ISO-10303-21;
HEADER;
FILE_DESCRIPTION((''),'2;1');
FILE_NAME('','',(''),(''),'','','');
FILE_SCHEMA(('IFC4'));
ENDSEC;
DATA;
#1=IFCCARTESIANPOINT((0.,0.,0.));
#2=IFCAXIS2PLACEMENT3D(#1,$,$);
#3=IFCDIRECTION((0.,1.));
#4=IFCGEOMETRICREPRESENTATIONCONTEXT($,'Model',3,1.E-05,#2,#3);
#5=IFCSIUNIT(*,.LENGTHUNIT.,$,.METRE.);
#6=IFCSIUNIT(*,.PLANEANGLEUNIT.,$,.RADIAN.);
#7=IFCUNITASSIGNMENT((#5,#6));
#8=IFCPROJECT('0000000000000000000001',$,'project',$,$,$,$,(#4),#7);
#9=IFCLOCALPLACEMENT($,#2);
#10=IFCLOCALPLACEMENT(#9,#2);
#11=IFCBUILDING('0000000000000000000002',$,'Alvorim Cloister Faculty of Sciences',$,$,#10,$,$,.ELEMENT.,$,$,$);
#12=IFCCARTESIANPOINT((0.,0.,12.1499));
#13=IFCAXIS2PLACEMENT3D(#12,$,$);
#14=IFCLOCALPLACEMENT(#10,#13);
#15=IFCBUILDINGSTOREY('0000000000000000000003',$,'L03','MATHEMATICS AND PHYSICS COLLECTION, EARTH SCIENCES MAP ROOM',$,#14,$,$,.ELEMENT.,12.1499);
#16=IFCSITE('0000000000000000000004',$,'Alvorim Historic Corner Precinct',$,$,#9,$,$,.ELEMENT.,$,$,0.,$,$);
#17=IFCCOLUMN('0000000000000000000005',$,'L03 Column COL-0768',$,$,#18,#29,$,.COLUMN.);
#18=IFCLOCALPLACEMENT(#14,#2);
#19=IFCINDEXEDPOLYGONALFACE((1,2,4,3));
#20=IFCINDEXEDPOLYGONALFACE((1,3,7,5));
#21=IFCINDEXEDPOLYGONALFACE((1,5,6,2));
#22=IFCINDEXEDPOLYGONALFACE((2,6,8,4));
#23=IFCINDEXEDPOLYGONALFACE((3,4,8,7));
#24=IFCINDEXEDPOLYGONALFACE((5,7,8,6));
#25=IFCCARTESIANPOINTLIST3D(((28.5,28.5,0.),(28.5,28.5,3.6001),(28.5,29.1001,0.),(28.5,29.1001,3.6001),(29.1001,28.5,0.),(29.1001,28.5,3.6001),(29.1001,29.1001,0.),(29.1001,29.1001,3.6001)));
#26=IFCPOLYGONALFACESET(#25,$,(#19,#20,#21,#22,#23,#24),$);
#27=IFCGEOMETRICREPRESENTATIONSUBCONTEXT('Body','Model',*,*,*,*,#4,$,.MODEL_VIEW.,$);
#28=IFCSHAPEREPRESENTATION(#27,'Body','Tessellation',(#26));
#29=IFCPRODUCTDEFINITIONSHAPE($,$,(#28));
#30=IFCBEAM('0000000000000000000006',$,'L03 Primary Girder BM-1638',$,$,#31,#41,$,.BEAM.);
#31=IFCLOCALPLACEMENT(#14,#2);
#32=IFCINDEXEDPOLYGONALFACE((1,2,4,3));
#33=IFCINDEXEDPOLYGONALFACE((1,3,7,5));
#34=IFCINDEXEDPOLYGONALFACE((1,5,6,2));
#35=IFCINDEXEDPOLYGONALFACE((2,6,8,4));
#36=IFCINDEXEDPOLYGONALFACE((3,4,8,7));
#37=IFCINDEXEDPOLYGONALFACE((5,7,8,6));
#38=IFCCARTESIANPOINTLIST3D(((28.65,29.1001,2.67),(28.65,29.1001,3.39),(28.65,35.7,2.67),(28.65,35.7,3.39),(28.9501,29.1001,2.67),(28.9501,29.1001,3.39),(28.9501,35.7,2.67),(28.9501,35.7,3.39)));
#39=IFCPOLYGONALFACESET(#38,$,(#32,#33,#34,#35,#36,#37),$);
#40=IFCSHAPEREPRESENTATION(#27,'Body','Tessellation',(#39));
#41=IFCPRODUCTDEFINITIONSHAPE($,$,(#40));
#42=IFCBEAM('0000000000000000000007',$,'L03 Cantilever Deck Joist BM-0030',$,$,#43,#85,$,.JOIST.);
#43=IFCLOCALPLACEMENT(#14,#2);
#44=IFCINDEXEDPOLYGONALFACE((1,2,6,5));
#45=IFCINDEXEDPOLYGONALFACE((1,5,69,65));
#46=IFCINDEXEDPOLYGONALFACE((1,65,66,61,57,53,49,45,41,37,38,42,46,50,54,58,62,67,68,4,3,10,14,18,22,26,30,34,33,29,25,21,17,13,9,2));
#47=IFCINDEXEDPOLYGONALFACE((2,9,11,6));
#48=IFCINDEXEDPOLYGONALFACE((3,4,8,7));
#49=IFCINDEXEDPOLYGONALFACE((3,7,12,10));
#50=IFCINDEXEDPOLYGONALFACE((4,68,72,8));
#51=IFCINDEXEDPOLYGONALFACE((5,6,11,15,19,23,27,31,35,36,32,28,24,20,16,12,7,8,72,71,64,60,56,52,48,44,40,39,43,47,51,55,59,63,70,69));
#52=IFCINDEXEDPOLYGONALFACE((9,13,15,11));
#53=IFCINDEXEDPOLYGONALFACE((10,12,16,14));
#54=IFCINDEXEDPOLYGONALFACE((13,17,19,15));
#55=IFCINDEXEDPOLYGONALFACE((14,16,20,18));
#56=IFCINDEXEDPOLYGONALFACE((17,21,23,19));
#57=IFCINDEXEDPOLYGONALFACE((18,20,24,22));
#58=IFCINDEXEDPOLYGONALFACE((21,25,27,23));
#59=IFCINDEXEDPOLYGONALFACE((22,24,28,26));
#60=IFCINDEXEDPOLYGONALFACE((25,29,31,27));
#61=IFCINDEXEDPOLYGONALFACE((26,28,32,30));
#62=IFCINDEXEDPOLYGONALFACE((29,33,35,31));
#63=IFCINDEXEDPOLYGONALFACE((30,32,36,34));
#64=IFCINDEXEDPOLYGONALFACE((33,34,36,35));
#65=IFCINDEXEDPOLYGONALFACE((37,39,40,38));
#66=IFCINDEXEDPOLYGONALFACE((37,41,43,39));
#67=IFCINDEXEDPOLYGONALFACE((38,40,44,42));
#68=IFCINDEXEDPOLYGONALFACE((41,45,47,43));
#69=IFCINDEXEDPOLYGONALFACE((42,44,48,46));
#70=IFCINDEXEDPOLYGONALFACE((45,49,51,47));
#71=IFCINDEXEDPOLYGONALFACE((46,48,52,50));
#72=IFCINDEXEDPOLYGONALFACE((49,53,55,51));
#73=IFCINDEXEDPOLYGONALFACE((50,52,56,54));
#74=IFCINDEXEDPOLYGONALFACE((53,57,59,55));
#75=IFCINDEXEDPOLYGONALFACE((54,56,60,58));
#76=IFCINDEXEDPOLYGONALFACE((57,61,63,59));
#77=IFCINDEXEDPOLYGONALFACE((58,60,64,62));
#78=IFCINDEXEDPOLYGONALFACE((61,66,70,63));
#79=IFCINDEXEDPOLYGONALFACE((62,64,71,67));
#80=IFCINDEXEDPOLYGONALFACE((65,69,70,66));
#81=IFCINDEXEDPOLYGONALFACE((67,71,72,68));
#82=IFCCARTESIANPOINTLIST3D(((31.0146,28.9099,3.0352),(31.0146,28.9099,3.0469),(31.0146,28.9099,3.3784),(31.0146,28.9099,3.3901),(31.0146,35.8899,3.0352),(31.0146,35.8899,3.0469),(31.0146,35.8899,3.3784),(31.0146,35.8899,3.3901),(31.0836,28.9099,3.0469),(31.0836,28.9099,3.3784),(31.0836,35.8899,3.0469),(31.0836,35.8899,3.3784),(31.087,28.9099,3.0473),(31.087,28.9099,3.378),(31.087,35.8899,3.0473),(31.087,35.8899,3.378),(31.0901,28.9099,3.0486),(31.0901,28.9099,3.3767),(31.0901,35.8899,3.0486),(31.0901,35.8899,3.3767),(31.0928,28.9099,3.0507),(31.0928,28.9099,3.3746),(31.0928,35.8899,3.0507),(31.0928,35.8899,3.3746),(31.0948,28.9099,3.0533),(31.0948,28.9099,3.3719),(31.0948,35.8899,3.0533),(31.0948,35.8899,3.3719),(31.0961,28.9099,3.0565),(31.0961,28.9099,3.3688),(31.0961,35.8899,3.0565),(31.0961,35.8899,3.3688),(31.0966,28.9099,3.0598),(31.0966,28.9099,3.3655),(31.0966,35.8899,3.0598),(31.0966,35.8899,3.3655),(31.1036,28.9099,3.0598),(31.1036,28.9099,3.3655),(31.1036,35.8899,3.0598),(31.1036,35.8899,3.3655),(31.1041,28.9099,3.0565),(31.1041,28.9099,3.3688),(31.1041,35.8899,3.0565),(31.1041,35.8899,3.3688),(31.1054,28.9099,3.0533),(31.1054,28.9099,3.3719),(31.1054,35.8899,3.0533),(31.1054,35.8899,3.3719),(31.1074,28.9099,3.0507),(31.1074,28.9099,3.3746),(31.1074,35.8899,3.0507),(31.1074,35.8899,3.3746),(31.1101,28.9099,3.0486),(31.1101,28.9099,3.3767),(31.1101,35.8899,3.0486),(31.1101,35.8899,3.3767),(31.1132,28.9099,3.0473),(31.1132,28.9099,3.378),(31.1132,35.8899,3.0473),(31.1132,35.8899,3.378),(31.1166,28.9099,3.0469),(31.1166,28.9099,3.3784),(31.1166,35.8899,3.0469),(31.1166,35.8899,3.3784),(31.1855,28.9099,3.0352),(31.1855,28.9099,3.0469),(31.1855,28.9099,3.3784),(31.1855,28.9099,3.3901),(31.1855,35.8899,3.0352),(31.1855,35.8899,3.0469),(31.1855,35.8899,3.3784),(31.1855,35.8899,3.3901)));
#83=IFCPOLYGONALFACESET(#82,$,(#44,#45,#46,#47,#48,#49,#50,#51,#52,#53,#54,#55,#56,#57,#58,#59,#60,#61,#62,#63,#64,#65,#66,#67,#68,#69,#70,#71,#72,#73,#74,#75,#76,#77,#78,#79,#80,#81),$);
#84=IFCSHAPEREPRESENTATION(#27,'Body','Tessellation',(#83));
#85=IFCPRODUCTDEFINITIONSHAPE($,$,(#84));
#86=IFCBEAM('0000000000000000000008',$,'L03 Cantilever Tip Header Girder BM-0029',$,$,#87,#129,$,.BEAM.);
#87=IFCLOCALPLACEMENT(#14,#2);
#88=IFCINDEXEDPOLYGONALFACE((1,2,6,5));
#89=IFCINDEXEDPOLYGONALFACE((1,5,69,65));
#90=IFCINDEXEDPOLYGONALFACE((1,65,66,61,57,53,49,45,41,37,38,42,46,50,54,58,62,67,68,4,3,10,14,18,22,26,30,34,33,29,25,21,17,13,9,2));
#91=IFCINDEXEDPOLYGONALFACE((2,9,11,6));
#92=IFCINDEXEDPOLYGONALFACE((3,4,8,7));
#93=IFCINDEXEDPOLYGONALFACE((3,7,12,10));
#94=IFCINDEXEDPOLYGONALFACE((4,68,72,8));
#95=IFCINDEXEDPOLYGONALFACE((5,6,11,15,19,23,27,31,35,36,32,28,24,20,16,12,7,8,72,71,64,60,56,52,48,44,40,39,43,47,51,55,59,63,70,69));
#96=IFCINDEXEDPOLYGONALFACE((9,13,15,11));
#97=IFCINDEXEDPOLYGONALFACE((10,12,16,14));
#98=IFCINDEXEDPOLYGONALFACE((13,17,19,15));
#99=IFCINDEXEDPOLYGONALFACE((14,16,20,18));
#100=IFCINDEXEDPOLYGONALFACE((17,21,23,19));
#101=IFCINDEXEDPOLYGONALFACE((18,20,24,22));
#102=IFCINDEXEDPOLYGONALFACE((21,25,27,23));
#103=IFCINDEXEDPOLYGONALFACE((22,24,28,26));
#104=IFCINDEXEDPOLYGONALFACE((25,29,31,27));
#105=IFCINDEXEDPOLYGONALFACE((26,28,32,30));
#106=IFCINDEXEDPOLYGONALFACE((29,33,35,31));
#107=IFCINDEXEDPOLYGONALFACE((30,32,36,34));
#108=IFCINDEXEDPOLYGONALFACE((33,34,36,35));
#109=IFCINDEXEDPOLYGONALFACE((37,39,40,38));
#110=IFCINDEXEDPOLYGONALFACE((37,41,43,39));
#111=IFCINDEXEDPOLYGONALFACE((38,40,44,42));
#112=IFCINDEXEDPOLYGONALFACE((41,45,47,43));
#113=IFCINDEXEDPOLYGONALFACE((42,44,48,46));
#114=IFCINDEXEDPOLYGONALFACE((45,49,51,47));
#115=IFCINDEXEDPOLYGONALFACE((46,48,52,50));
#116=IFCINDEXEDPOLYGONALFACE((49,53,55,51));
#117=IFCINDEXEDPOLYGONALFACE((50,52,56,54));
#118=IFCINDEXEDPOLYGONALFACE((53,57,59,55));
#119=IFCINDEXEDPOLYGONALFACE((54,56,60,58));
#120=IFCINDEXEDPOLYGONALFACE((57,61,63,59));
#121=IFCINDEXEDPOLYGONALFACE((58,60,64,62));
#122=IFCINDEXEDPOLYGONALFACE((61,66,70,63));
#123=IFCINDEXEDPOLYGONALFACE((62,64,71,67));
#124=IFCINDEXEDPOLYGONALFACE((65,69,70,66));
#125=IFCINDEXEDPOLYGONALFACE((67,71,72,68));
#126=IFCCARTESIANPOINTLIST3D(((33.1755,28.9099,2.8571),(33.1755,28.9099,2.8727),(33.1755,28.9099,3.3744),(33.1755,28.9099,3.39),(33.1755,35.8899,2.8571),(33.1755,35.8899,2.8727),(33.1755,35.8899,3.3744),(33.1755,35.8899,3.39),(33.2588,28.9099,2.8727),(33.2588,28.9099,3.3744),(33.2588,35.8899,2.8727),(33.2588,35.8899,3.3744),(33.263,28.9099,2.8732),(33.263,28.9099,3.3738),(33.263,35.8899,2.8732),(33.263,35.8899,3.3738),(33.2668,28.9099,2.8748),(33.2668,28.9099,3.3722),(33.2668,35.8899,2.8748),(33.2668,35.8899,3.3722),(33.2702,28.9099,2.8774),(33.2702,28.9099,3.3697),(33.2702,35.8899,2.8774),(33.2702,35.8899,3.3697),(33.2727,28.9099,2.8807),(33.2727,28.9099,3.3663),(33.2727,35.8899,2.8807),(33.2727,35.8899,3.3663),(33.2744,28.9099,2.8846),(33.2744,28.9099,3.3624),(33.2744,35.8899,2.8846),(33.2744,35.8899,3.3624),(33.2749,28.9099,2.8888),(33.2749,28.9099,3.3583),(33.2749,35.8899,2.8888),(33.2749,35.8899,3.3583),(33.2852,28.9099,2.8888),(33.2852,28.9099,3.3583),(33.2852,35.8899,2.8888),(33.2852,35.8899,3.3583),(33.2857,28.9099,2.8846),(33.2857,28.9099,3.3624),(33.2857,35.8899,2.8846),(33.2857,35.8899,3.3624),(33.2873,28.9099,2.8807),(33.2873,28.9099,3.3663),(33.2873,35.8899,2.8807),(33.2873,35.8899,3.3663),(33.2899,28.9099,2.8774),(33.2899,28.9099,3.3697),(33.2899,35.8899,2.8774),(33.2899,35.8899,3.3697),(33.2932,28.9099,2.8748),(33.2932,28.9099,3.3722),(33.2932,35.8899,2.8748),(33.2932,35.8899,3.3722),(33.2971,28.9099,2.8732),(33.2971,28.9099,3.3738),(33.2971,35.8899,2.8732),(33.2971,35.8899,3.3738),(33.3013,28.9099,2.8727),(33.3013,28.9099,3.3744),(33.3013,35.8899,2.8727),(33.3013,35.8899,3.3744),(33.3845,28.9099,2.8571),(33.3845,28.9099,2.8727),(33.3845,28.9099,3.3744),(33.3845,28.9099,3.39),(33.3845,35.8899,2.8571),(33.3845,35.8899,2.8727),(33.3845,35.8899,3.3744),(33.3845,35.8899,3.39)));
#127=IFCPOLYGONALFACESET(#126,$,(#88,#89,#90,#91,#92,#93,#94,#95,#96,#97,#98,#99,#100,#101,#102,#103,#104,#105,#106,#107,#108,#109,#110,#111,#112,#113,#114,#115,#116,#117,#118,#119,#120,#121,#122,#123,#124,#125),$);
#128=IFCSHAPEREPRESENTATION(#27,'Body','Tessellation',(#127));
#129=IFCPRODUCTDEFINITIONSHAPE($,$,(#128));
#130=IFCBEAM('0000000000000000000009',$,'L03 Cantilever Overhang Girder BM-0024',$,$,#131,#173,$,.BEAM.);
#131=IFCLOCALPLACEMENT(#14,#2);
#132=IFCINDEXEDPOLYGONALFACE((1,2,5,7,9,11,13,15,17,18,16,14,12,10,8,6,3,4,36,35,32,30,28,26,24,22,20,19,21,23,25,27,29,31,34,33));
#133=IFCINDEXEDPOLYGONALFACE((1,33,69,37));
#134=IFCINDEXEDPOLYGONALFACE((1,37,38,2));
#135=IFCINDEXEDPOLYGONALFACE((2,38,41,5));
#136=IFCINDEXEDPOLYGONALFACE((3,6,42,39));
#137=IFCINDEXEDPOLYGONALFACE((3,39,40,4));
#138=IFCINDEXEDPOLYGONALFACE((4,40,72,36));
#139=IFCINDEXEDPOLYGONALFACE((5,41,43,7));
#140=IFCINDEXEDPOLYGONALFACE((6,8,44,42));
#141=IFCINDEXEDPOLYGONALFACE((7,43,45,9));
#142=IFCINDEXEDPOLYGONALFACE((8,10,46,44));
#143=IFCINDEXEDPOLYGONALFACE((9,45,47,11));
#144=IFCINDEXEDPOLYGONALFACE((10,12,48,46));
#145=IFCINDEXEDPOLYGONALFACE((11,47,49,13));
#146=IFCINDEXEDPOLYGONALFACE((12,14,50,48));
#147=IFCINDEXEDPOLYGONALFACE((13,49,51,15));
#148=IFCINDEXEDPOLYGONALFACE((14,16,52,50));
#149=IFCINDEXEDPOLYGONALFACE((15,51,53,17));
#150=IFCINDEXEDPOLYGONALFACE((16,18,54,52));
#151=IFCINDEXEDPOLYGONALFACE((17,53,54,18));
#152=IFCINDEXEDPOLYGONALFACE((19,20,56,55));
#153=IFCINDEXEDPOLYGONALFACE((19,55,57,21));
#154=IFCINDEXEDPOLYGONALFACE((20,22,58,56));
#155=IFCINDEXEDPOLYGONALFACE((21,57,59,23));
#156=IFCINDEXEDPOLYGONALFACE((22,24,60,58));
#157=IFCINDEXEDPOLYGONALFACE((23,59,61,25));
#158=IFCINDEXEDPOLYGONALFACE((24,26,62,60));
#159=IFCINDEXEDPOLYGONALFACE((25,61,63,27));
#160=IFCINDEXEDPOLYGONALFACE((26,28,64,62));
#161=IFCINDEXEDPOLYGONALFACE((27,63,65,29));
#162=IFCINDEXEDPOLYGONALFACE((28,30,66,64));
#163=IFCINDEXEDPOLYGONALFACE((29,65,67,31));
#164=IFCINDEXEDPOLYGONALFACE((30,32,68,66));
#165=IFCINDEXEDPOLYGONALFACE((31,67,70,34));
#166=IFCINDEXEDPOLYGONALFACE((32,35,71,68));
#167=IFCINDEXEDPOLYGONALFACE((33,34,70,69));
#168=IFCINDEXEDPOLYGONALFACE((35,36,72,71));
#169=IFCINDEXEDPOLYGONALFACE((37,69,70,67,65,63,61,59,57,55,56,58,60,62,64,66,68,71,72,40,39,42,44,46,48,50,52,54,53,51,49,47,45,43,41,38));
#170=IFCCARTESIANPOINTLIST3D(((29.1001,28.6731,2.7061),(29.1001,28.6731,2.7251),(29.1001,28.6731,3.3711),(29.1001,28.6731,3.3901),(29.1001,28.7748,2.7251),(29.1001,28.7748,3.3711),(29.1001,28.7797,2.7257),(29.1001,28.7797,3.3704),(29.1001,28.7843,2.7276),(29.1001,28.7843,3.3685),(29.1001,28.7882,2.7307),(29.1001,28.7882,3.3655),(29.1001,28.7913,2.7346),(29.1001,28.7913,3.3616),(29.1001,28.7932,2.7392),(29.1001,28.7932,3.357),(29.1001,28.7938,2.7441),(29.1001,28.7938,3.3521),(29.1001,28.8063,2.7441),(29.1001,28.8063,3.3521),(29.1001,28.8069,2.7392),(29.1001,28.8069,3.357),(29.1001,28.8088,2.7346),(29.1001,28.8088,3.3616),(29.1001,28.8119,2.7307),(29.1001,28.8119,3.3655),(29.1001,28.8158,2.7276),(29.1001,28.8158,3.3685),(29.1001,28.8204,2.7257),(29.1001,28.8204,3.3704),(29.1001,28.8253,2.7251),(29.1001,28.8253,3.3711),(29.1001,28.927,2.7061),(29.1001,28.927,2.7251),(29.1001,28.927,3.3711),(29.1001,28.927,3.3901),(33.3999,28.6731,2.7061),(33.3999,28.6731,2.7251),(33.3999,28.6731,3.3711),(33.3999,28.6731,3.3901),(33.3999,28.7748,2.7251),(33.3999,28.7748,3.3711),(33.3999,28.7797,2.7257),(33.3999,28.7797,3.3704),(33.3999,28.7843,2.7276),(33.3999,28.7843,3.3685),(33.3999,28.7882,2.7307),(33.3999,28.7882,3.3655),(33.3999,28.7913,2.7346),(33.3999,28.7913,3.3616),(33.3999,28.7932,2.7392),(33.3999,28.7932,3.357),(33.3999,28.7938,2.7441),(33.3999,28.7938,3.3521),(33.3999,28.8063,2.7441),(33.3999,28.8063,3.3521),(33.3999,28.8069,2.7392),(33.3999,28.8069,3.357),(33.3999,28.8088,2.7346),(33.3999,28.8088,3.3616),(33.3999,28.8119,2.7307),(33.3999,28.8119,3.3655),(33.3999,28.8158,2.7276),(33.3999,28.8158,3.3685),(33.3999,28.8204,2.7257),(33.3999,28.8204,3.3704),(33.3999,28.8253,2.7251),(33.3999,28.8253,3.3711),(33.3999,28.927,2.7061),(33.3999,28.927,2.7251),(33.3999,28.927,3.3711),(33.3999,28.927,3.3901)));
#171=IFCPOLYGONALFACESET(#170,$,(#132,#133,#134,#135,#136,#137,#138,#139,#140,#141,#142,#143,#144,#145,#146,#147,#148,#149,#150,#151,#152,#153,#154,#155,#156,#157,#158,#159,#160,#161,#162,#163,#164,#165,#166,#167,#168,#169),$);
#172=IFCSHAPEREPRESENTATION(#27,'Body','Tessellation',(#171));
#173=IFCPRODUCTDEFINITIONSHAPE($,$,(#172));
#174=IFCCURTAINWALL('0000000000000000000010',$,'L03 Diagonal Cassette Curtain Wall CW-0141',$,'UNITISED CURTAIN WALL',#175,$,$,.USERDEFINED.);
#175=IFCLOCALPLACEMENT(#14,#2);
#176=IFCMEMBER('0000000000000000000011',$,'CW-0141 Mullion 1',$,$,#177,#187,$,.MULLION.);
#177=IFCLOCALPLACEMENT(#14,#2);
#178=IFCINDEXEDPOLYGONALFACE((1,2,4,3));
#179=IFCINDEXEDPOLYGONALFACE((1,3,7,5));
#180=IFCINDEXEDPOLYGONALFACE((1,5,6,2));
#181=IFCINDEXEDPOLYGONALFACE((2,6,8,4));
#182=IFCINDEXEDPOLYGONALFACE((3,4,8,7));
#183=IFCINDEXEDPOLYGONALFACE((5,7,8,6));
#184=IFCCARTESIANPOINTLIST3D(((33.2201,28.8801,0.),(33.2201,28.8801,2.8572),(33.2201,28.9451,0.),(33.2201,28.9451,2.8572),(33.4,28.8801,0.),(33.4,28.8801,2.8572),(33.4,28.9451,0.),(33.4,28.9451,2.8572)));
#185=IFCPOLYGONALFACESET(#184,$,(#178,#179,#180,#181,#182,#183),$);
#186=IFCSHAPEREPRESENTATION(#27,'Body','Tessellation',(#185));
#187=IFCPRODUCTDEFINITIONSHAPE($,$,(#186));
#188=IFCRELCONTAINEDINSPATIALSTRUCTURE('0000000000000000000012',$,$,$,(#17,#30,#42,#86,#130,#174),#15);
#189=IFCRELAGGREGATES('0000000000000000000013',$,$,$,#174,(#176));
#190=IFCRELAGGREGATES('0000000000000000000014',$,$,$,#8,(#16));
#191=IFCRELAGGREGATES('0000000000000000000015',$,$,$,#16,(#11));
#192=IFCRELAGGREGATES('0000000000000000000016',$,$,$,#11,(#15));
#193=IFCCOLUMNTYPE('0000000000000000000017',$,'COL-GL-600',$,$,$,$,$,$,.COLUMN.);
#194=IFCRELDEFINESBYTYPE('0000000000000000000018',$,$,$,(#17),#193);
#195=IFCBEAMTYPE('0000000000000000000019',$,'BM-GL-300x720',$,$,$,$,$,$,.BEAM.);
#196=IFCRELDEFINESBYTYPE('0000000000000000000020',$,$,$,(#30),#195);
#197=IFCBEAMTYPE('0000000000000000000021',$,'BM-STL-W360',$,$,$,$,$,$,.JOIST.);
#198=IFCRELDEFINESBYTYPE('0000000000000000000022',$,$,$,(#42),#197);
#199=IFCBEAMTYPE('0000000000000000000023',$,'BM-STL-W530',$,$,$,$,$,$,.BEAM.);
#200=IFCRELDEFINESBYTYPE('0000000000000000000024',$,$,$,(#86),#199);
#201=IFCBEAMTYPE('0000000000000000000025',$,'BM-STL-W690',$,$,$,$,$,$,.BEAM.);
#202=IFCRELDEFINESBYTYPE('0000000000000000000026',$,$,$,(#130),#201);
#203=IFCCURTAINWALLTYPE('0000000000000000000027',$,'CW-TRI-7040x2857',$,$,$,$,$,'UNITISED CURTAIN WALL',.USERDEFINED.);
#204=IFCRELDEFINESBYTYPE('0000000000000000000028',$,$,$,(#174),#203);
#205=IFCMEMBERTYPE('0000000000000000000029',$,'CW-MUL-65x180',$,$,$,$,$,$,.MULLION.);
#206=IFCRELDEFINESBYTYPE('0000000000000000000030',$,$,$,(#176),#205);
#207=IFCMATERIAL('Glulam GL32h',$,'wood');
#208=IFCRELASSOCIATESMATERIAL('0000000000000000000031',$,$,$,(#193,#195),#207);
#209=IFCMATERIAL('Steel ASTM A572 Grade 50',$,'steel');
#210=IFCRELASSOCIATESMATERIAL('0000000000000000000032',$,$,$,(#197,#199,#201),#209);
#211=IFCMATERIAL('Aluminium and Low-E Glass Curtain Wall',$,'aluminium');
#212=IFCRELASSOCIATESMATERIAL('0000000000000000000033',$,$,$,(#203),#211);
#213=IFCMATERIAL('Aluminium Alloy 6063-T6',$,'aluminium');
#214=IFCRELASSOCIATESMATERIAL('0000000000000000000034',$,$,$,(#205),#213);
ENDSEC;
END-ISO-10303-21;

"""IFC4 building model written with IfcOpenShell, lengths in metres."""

from ifc_helpers import new_model, si_unit, direction, frame, origin, origin_2d, place, context, subcontext, project, spatial, rectangle, i_section, extrude, material, material_profile, profile_set, type_object, element, aggregate, save


model = new_model("IFC4")

# Units and contexts
model_context = context("Model", 3, precision=1e-05, world=origin(), true_north=direction((0.0, 1.0)))
body_context = subcontext(model_context, "Body", "Model", "MODEL_VIEW")
ifc_project = project(units=[si_unit("LENGTHUNIT", "METRE"), si_unit("PLANEANGLEUNIT", "RADIAN")], contexts=[model_context])

# Site, building, storey
site_placement = place(None, origin())
site = spatial("IfcSite", under=ifc_project, at=site_placement, Name="Alvorim Historic Corner Precinct", CompositionType="ELEMENT", RefElevation=0.0)
building_placement = place(site_placement, origin())
building = spatial("IfcBuilding", under=site, at=building_placement, Name="Alvorim Cloister Faculty of Sciences", CompositionType="ELEMENT")
storey_placement = place(building_placement, frame((0.0, 0.0, 12.1499)))
storey = spatial("IfcBuildingStorey", under=building, at=storey_placement, Name="L03", Description="MATHEMATICS AND PHYSICS COLLECTION, EARTH SCIENCES MAP ROOM", CompositionType="ELEMENT", Elevation=12.1499)

# Column
ifc_material_1 = material(Name="Glulam GL32h", Category="wood")
ifc_material_profile_1 = material_profile(ifc_material_1, rectangle(XDim=0.6001, YDim=0.6001, at=origin_2d()), Name="GL32-COL-600x600")
ifc_profile_set_1 = profile_set([ifc_material_profile_1], Name="Glulam GL32h")
column_type = type_object("IfcColumnType", Name="COL-GL-600", PredefinedType="COLUMN", material=ifc_profile_set_1)
column_placement = place(storey_placement, frame((28.8, 28.8, 0.0), z_axis=(0.0, 0.0, 1.0), x_axis=(1.0, 0.0, 0.0)))
element("IfcColumn", 1, at=column_placement, inside=storey, type_object=column_type, Name="L03 Column COL-0768", PredefinedType="COLUMN", context=body_context, shape_type="SweptSolid", body=[
    extrude(rectangle(XDim=0.6001, YDim=0.6001, at=origin_2d()), origin(), (0.0, 0.0, 1.0), 3.6001),
])

# Beams
ifc_material_profile_2 = material_profile(ifc_material_1, rectangle(XDim=0.3, YDim=0.72, at=origin_2d()), Name="GL32-BM-300x720")
ifc_profile_set_2 = profile_set([ifc_material_profile_2], Name="Glulam GL32h")
beam_type_1 = type_object("IfcBeamType", Name="BM-GL-300x720", PredefinedType="BEAM", material=ifc_profile_set_2)
beam_1_placement = place(storey_placement, frame((28.8, 29.1001, 3.03), z_axis=(0.0, 1.0, 0.0), x_axis=(-1.0, 0.0, 0.0)))
element("IfcBeam", 2, at=beam_1_placement, inside=storey, type_object=beam_type_1, Name="L03 Primary Girder BM-1638", PredefinedType="BEAM", context=body_context, shape_type="SweptSolid", body=[
    extrude(rectangle(XDim=0.3, YDim=0.72, at=origin_2d()), origin(), (0.0, 0.0, 1.0), 6.5999),
])
ifc_material_2 = material(Name="Steel ASTM A572 Grade 50", Category="steel")
ifc_material_profile_3 = material_profile(ifc_material_2, i_section(OverallWidth=0.1709, OverallDepth=0.355, WebThickness=0.0071, FlangeThickness=0.0117, FilletRadius=0.0129, at=origin_2d()), Name="W360x51.0")
ifc_profile_set_3 = profile_set([ifc_material_profile_3], Name="Steel ASTM A572 Grade 50")
beam_type_2 = type_object("IfcBeamType", Name="BM-STL-W360", PredefinedType="JOIST", material=ifc_profile_set_3)
beam_2_placement = place(storey_placement, frame((31.1001, 28.9099, 3.2126), z_axis=(0.0, 1.0, 0.0), x_axis=(-1.0, 0.0, 0.0)))
element("IfcBeam", 3, at=beam_2_placement, inside=storey, type_object=beam_type_2, Name="L03 Cantilever Deck Joist BM-0030", PredefinedType="JOIST", context=body_context, shape_type="SweptSolid", body=[
    extrude(i_section(OverallWidth=0.1709, OverallDepth=0.355, WebThickness=0.0071, FlangeThickness=0.0117, FilletRadius=0.0129, at=origin_2d()), origin(), (0.0, 0.0, 1.0), 6.98),
])
ifc_material_profile_4 = material_profile(ifc_material_2, i_section(OverallWidth=0.209, OverallDepth=0.533, WebThickness=0.0103, FlangeThickness=0.0156, FilletRadius=0.0161, at=origin_2d()), Name="W530x92.0")
ifc_profile_set_4 = profile_set([ifc_material_profile_4], Name="Steel ASTM A572 Grade 50")
beam_type_3 = type_object("IfcBeamType", Name="BM-STL-W530", PredefinedType="BEAM", material=ifc_profile_set_4)
beam_3_placement = place(storey_placement, frame((33.28, 28.9099, 3.1235), z_axis=(0.0, 1.0, 0.0), x_axis=(-1.0, 0.0, 0.0)))
element("IfcBeam", 4, at=beam_3_placement, inside=storey, type_object=beam_type_3, Name="L03 Cantilever Tip Header Girder BM-0029", PredefinedType="BEAM", context=body_context, shape_type="SweptSolid", body=[
    extrude(i_section(OverallWidth=0.209, OverallDepth=0.533, WebThickness=0.0103, FlangeThickness=0.0156, FilletRadius=0.0161, at=origin_2d()), origin(), (0.0, 0.0, 1.0), 6.98),
])
ifc_material_profile_5 = material_profile(ifc_material_2, i_section(OverallWidth=0.2539, OverallDepth=0.6841, WebThickness=0.0125, FlangeThickness=0.019, FilletRadius=0.019, at=origin_2d()), Name="W690x140.0")
ifc_profile_set_5 = profile_set([ifc_material_profile_5], Name="Steel ASTM A572 Grade 50")
beam_type_4 = type_object("IfcBeamType", Name="BM-STL-W690", PredefinedType="BEAM", material=ifc_profile_set_5)
beam_4_placement = place(storey_placement, frame((29.1001, 28.8, 3.0481), z_axis=(1.0, 0.0, 0.0), x_axis=(0.0, 1.0, 0.0)))
element("IfcBeam", 5, at=beam_4_placement, inside=storey, type_object=beam_type_4, Name="L03 Cantilever Overhang Girder BM-0024", PredefinedType="BEAM", context=body_context, shape_type="SweptSolid", body=[
    extrude(i_section(OverallWidth=0.2539, OverallDepth=0.6841, WebThickness=0.0125, FlangeThickness=0.019, FilletRadius=0.019, at=origin_2d()), origin(), (0.0, 0.0, 1.0), 4.2998),
])

# Curtain wall, member
ifc_material_3 = material(Name="Aluminium and Low-E Glass Curtain Wall", Category="aluminium")
curtain_wall_type = type_object("IfcCurtainWallType", Name="CW-TRI-7040x2857", ElementType="UNITISED CURTAIN WALL", PredefinedType="USERDEFINED", material=ifc_material_3)
curtain_wall_1_placement = place(storey_placement, origin())
curtain_wall_1 = element("IfcCurtainWall", 6, at=curtain_wall_1_placement, inside=storey, type_object=curtain_wall_type, Name="L03 Diagonal Cassette Curtain Wall CW-0141", ObjectType="UNITISED CURTAIN WALL", PredefinedType="USERDEFINED")
ifc_material_4 = material(Name="Aluminium Alloy 6063-T6", Category="aluminium")
ifc_material_profile_6 = material_profile(ifc_material_4, rectangle(XDim=0.0649, YDim=0.1799, at=origin_2d()), Name="ALU-MUL-65x180")
ifc_profile_set_6 = profile_set([ifc_material_profile_6], Name="Aluminium Alloy 6063-T6")
member_type_1 = type_object("IfcMemberType", Name="CW-MUL-65x180", PredefinedType="MULLION", material=ifc_profile_set_6)
member_1_placement = place(storey_placement, frame((33.3101, 28.9126, 0.0), z_axis=(0.0, 0.0, 1.0), x_axis=(0.0, 1.0, 0.0)))
member_1 = element("IfcMember", 7, at=member_1_placement, type_object=member_type_1, Name="CW-0141 Mullion 1", PredefinedType="MULLION", context=body_context, shape_type="SweptSolid", body=[
    extrude(rectangle(XDim=0.0649, YDim=0.1799, at=origin_2d()), origin(), (0.0, 0.0, 1.0), 2.8572),
])

aggregate(curtain_wall_1, [member_1])

save(model, "model.ifc")
